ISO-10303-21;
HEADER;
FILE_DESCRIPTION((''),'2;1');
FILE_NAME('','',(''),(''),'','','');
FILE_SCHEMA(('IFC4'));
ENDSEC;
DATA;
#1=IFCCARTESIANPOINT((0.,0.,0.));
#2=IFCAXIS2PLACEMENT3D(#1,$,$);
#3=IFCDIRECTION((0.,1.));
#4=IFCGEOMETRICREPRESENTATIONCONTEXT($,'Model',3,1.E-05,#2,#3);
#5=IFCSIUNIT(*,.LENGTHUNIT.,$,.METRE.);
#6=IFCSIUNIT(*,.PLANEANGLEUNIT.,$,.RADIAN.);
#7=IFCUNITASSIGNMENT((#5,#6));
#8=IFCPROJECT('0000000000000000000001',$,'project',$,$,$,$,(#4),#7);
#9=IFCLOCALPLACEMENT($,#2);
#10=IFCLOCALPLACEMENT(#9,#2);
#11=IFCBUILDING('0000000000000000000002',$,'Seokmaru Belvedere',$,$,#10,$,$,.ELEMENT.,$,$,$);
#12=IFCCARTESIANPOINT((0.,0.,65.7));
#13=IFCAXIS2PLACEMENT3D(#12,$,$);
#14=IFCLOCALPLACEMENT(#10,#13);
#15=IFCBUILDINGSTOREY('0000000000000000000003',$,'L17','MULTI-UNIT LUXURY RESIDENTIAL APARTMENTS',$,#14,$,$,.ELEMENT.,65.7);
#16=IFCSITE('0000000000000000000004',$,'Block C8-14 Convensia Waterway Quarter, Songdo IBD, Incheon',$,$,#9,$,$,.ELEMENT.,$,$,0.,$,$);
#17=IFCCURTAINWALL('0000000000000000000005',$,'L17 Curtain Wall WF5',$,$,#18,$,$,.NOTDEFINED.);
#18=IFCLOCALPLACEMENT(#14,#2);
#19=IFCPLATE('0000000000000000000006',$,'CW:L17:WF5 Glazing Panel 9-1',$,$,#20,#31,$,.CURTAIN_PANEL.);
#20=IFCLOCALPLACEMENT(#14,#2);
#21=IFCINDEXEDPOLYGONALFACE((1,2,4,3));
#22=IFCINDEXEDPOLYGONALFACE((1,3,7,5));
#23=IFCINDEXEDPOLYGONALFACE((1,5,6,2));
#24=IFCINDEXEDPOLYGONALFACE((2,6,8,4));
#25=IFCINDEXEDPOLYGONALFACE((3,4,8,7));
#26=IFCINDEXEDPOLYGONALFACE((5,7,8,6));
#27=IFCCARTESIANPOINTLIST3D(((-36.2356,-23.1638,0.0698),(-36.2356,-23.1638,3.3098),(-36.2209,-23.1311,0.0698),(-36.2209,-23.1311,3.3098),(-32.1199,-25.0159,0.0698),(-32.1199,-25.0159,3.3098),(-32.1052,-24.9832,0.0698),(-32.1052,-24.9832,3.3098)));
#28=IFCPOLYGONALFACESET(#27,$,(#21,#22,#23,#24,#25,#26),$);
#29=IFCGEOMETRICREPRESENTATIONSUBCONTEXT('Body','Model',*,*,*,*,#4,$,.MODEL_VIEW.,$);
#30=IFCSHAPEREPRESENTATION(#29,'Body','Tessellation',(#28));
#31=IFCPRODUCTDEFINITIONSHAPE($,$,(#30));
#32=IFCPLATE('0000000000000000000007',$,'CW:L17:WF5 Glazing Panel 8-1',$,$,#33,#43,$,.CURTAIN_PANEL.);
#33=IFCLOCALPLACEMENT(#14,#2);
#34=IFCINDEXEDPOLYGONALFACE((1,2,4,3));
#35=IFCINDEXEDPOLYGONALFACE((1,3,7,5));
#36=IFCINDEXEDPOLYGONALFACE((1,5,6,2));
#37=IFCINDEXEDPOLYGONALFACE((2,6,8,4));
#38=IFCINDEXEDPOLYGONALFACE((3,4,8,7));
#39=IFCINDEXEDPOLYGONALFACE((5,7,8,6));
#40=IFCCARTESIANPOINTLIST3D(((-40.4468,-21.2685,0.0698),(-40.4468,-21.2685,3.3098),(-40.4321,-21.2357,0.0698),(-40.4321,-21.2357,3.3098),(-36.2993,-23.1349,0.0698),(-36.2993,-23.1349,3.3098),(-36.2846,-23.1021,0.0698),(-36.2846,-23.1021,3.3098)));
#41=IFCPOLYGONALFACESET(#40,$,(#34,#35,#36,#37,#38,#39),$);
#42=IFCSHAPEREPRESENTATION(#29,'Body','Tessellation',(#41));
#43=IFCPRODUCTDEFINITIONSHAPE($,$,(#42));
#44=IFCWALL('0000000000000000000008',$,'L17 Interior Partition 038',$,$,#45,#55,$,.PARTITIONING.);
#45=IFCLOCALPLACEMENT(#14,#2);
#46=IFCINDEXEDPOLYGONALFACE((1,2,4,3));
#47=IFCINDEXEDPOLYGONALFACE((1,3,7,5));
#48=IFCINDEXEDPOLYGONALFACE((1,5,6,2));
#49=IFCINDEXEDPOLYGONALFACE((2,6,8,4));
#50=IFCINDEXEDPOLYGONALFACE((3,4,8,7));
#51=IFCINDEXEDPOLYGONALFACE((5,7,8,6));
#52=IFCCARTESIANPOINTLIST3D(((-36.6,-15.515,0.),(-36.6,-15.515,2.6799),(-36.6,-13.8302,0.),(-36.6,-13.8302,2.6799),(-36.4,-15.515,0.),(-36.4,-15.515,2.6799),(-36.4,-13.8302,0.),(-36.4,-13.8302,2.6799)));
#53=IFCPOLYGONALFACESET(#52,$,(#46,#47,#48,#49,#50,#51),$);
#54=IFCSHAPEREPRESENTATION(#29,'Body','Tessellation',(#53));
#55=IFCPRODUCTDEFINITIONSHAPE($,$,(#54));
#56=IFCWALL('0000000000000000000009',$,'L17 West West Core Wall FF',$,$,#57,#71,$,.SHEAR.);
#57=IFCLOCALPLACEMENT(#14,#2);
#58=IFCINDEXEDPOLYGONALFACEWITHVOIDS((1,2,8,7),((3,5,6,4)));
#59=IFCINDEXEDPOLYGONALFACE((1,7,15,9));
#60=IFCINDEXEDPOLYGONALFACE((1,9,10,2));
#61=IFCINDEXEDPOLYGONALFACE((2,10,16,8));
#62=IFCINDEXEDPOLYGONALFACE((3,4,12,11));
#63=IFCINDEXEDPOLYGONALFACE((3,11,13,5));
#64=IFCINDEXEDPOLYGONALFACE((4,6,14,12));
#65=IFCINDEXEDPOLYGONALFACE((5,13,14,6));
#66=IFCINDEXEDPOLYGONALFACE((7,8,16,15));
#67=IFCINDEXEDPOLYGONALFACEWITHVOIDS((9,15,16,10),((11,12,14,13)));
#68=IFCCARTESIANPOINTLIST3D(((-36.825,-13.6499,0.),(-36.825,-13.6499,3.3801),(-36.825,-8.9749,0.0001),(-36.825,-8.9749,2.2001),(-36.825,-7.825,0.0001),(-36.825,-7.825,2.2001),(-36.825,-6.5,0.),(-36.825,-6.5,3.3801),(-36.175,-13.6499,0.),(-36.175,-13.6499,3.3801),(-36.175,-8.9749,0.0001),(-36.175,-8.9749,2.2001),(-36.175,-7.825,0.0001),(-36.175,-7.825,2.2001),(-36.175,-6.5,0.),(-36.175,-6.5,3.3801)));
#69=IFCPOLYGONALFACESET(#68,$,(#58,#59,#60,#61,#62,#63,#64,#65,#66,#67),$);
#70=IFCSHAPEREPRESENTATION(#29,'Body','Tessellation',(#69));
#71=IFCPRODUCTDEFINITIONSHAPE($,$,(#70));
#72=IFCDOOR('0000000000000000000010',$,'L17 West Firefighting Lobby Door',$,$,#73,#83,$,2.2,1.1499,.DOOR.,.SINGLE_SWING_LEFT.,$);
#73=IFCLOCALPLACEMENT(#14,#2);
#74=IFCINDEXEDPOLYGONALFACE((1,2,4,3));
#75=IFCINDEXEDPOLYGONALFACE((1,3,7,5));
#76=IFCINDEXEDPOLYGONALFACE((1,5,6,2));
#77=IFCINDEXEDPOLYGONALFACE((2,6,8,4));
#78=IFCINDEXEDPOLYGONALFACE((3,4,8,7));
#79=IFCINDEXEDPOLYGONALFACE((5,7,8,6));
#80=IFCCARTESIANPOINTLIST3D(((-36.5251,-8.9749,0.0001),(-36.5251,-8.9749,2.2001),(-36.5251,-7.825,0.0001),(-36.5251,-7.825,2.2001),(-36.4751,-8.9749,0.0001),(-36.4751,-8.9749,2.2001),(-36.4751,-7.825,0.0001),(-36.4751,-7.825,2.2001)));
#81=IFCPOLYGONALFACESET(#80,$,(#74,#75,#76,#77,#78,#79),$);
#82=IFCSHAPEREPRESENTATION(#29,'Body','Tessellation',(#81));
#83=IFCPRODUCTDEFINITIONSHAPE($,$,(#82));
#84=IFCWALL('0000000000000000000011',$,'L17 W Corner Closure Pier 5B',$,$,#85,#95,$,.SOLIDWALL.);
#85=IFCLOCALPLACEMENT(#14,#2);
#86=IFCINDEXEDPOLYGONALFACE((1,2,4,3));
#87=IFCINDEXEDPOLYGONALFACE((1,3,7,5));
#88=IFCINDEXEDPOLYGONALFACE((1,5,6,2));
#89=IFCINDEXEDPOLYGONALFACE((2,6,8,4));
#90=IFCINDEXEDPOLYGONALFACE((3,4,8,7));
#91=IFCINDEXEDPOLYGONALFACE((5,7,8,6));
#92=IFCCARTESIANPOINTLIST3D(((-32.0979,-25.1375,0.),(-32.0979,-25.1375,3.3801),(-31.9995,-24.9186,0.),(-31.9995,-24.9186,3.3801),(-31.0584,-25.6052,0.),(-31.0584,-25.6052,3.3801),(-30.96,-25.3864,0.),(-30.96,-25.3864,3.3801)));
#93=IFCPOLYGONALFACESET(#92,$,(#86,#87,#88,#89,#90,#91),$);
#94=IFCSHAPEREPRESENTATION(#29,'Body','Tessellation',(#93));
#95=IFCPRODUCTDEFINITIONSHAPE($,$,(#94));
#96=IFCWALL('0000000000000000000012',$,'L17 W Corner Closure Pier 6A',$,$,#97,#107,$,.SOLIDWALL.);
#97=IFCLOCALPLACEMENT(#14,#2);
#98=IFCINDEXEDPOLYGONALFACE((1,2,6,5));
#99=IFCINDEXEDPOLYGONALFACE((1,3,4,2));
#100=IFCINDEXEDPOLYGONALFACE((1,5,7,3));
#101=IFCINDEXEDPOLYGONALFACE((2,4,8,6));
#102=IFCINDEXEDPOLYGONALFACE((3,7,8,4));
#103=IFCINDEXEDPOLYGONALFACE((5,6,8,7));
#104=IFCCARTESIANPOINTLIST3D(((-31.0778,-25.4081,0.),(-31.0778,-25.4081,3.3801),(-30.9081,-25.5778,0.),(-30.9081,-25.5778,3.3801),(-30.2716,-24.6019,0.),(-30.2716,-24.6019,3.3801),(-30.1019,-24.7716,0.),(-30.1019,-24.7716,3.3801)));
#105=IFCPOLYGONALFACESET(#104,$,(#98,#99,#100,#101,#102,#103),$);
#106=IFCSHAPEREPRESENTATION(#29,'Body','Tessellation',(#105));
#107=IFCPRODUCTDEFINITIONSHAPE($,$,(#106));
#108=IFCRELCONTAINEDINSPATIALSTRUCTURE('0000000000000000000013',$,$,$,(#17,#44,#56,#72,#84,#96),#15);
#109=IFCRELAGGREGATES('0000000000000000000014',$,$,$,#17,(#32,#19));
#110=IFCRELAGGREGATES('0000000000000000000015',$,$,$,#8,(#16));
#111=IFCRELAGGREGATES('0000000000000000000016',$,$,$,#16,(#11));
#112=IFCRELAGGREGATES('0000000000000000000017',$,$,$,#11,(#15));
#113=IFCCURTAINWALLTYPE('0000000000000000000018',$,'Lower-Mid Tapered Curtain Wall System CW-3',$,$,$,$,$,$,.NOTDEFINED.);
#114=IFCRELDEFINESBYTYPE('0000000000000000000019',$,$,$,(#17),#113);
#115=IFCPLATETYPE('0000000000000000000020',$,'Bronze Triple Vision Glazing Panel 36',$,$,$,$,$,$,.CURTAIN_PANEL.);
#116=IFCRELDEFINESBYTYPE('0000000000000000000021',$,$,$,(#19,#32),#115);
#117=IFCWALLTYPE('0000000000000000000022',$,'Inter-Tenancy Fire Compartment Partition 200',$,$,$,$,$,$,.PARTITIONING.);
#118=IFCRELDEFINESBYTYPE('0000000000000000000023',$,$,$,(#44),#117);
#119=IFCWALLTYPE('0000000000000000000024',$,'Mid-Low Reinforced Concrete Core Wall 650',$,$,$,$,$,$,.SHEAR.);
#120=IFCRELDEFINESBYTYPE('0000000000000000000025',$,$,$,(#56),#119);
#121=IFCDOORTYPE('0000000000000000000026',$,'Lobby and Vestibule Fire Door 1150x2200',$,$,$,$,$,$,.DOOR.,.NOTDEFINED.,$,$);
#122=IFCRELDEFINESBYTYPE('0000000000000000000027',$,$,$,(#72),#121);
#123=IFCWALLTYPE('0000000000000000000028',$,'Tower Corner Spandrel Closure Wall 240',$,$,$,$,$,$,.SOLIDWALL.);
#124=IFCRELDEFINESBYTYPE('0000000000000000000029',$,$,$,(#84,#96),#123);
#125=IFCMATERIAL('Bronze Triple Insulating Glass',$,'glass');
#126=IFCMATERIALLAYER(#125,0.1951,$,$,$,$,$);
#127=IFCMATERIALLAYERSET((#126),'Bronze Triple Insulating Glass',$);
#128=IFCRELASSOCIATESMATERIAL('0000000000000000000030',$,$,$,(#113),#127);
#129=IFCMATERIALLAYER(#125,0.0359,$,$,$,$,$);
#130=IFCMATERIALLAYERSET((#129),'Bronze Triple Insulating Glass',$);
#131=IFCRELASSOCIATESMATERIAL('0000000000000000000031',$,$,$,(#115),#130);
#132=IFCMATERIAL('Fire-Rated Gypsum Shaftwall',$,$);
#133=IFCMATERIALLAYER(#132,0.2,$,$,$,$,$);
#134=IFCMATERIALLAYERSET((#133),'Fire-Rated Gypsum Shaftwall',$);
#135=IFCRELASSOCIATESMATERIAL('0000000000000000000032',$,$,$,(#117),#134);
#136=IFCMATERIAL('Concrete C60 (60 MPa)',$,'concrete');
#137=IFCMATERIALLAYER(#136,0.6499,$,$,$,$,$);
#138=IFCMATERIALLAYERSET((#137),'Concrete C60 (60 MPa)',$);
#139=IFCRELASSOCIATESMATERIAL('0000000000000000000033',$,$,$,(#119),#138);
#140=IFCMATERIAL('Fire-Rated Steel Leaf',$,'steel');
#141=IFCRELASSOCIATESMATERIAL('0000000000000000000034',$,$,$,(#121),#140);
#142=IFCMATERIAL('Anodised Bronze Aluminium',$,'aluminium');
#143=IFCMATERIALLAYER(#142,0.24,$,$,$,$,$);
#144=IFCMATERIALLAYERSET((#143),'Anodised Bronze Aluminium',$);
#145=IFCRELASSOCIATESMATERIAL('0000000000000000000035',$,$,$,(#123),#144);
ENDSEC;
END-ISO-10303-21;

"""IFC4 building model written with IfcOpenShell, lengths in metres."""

from ifc_helpers import new_model, si_unit, direction, frame, frame_2d, origin, origin_2d, place, context, subcontext, project, spatial, rectangle, extrude, source, transform, mapped, material, layer, layer_set, type_object, type_shapes, element, fill, aggregate, save


model = new_model("IFC4")

# Units and contexts
model_context = context("Model", 3, precision=1e-05, world=origin(), true_north=direction((0.0, 1.0)))
body_context = subcontext(model_context, "Body", "Model", "MODEL_VIEW")
ifc_project = project(units=[si_unit("LENGTHUNIT", "METRE"), si_unit("PLANEANGLEUNIT", "RADIAN")], contexts=[model_context])

# Site, building, storey
site_placement = place(None, origin())
site = spatial("IfcSite", under=ifc_project, at=site_placement, Name="Block C8-14 Convensia Waterway Quarter, Songdo IBD, Incheon", CompositionType="ELEMENT", RefElevation=0.0)
building_placement = place(site_placement, origin())
building = spatial("IfcBuilding", under=site, at=building_placement, Name="Seokmaru Belvedere", CompositionType="ELEMENT")
storey_placement = place(building_placement, frame((0.0, 0.0, 65.7)))
storey = spatial("IfcBuildingStorey", under=building, at=storey_placement, Name="L17", Description="MULTI-UNIT LUXURY RESIDENTIAL APARTMENTS", CompositionType="ELEMENT", Elevation=65.7)

# Curtain wall, plates
ifc_material_1 = material(Name="Bronze Triple Insulating Glass", Category="glass")
ifc_layer_1 = layer(ifc_material_1, 0.1951)
ifc_layer_set_1 = layer_set([ifc_layer_1], Name="Bronze Triple Insulating Glass")
curtain_wall_type = type_object("IfcCurtainWallType", Name="Lower-Mid Tapered Curtain Wall System CW-3", PredefinedType="NOTDEFINED", material=ifc_layer_set_1)
curtain_wall_placement = place(storey_placement, origin())
curtain_wall = element("IfcCurtainWall", 1, at=curtain_wall_placement, inside=storey, type_object=curtain_wall_type, Name="L17 Curtain Wall WF5", PredefinedType="NOTDEFINED")
ifc_material_2 = material(Name="Anodised Bronze Aluminium", Category="aluminium")
ifc_layer_2 = layer(ifc_material_1, 0.0359)
ifc_layer_set_2 = layer_set([ifc_layer_2], Name="Bronze Triple Insulating Glass")
plate_type = type_object("IfcPlateType", Name="Bronze Triple Vision Glazing Panel 36", PredefinedType="CURTAIN_PANEL", material=ifc_layer_set_2)
shared_shape_1 = source(origin(), body_context, "Body", "SweptSolid", [
    extrude(rectangle(XDim=4.5132, YDim=0.0359, at=origin_2d()), origin(), (0.0, 0.0, 1.0), 3.24),
])
plate_1_placement = place(storey_placement, frame((-34.1704, -24.0735, 0.0698), z_axis=(0.0, 0.0, 1.0), x_axis=(0.911921, -0.410366, 0.0)))
plate_1 = element("IfcPlate", 2, at=plate_1_placement, type_object=plate_type, Name="CW:L17:WF5 Glazing Panel 9-1", PredefinedType="CURTAIN_PANEL", context=body_context, shape_type="MappedRepresentation", body=[
    mapped(shared_shape_1, transform((0.0, 0.0, 0.0), scale=1.0)),
])
shared_shape_2 = source(origin(), body_context, "Body", "SweptSolid", [
    extrude(rectangle(XDim=4.5481, YDim=0.0359, at=origin_2d()), origin(), (0.0, 0.0, 1.0), 3.24),
])
type_shapes(plate_type, [shared_shape_1, shared_shape_2])
plate_2_placement = place(storey_placement, frame((-38.3657, -22.1853, 0.0698), z_axis=(0.0, 0.0, 1.0), x_axis=(0.911921, -0.410366, 0.0)))
plate_2 = element("IfcPlate", 3, at=plate_2_placement, type_object=plate_type, Name="CW:L17:WF5 Glazing Panel 8-1", PredefinedType="CURTAIN_PANEL", context=body_context, shape_type="MappedRepresentation", body=[
    mapped(shared_shape_2, transform((0.0, 0.0, 0.0), scale=1.0)),
])
aggregate(curtain_wall, [plate_2, plate_1])

# Wall
ifc_material_3 = material(Name="Fire-Rated Gypsum Shaftwall")
ifc_layer_3 = layer(ifc_material_3, 0.2)
ifc_layer_set_3 = layer_set([ifc_layer_3], Name="Fire-Rated Gypsum Shaftwall")
wall_type_1 = type_object("IfcWallType", Name="Inter-Tenancy Fire Compartment Partition 200", PredefinedType="PARTITIONING", material=ifc_layer_set_3)
wall_1_placement = place(storey_placement, frame((-36.5, -15.5149, 0.0), z_axis=(0.0, 0.0, 1.0), x_axis=(0.0, 1.0, 0.0)))
element("IfcWall", 4, at=wall_1_placement, inside=storey, type_object=wall_type_1, Name="L17 Interior Partition 038", PredefinedType="PARTITIONING", context=body_context, shape_type="SweptSolid", body=[
    extrude(rectangle(XDim=1.6848, YDim=0.2, at=frame_2d((0.8423, 0.0))), origin(), (0.0, 0.0, 1.0), 2.6799),
])

# Wall, opening, door
ifc_material_4 = material(Name="Concrete C60 (60 MPa)", Category="concrete")
ifc_layer_4 = layer(ifc_material_4, 0.6499)
ifc_layer_set_4 = layer_set([ifc_layer_4], Name="Concrete C60 (60 MPa)")
wall_type_2 = type_object("IfcWallType", Name="Mid-Low Reinforced Concrete Core Wall 650", PredefinedType="SHEAR", material=ifc_layer_set_4)
wall_2_placement = place(storey_placement, frame((-36.5, -13.6499, 0.0), z_axis=(0.0, 0.0, 1.0), x_axis=(0.0, 1.0, 0.0)))
wall_2 = element("IfcWall", 5, at=wall_2_placement, inside=storey, type_object=wall_type_2, Name="L17 West West Core Wall FF", PredefinedType="SHEAR", context=body_context, shape_type="SweptSolid", body=[
    extrude(rectangle(XDim=7.1499, YDim=0.6499, at=frame_2d((3.575, 0.0))), origin(), (0.0, 0.0, 1.0), 3.3801),
])
opening_placement = place(wall_2_placement, frame((4.675, 0.0, 0.0)))
opening = element("IfcOpeningElement", 6, at=opening_placement, cuts=wall_2, PredefinedType="OPENING", context=body_context, shape_type="SweptSolid", body=[
    extrude(rectangle(XDim=1.1499, YDim=2.2, at=frame_2d((0.575, 1.1001))), frame((0.0, 0.335, 0.0), z_axis=(0.0, -1.0, 0.0), x_axis=(1.0, 0.0, 0.0)), (0.0, 0.0, 1.0), 0.6699),
])
ifc_material_5 = material(Name="Fire-Rated Steel Leaf", Category="steel")
door_type = type_object("IfcDoorType", Name="Lobby and Vestibule Fire Door 1150x2200", OperationType="NOTDEFINED", PredefinedType="DOOR", material=ifc_material_5)
shared_shape_3 = source(origin(), body_context, "Body", "SweptSolid", [
    extrude(rectangle(XDim=1.1499, YDim=2.2, at=frame_2d((0.575, 1.1001))), frame((0.0, 0.0249, 0.0), z_axis=(0.0, -1.0, 0.0), x_axis=(1.0, 0.0, 0.0)), (0.0, 0.0, 1.0), 0.05),
])
type_shapes(door_type, [shared_shape_3])
door_placement = place(opening_placement, frame((1.1499, 0.0, 0.0), z_axis=(0.0, 0.0, 1.0), x_axis=(-1.0, 0.0, 0.0)))
door = element("IfcDoor", 7, at=door_placement, inside=storey, type_object=door_type, Name="L17 West Firefighting Lobby Door", OperationType="SINGLE_SWING_LEFT", OverallHeight=2.2, OverallWidth=1.1499, PredefinedType="DOOR", context=body_context, shape_type="MappedRepresentation", body=[
    mapped(shared_shape_3, transform((0.0, 0.0, 0.0), scale=1.0)),
])
fill(opening, door)

# Walls
ifc_layer_5 = layer(ifc_material_2, 0.24)
ifc_layer_set_5 = layer_set([ifc_layer_5], Name="Anodised Bronze Aluminium")
wall_type_3 = type_object("IfcWallType", Name="Tower Corner Spandrel Closure Wall 240", PredefinedType="SOLIDWALL", material=ifc_layer_set_5)
wall_3_placement = place(storey_placement, frame((-32.0486, -25.0281, 0.0), z_axis=(0.0, 0.0, 1.0), x_axis=(0.91193, -0.410347, 0.0)))
element("IfcWall", 8, at=wall_3_placement, inside=storey, type_object=wall_type_3, Name="L17 W Corner Closure Pier 5B", PredefinedType="SOLIDWALL", context=body_context, shape_type="SweptSolid", body=[
    extrude(rectangle(XDim=1.1399, YDim=0.24, at=frame_2d((0.5698, 0.0))), origin(), (0.0, 0.0, 1.0), 3.3801),
])
wall_4_placement = place(storey_placement, frame((-30.9929, -25.4929, 0.0), z_axis=(0.0, 0.0, 1.0), x_axis=(0.707107, 0.707107, 0.0)))
element("IfcWall", 9, at=wall_4_placement, inside=storey, type_object=wall_type_3, Name="L17 W Corner Closure Pier 6A", PredefinedType="SOLIDWALL", context=body_context, shape_type="SweptSolid", body=[
    extrude(rectangle(XDim=1.1401, YDim=0.24, at=frame_2d((0.5701, 0.0))), origin(), (0.0, 0.0, 1.0), 3.3801),
])

save(model, "model.ifc")
